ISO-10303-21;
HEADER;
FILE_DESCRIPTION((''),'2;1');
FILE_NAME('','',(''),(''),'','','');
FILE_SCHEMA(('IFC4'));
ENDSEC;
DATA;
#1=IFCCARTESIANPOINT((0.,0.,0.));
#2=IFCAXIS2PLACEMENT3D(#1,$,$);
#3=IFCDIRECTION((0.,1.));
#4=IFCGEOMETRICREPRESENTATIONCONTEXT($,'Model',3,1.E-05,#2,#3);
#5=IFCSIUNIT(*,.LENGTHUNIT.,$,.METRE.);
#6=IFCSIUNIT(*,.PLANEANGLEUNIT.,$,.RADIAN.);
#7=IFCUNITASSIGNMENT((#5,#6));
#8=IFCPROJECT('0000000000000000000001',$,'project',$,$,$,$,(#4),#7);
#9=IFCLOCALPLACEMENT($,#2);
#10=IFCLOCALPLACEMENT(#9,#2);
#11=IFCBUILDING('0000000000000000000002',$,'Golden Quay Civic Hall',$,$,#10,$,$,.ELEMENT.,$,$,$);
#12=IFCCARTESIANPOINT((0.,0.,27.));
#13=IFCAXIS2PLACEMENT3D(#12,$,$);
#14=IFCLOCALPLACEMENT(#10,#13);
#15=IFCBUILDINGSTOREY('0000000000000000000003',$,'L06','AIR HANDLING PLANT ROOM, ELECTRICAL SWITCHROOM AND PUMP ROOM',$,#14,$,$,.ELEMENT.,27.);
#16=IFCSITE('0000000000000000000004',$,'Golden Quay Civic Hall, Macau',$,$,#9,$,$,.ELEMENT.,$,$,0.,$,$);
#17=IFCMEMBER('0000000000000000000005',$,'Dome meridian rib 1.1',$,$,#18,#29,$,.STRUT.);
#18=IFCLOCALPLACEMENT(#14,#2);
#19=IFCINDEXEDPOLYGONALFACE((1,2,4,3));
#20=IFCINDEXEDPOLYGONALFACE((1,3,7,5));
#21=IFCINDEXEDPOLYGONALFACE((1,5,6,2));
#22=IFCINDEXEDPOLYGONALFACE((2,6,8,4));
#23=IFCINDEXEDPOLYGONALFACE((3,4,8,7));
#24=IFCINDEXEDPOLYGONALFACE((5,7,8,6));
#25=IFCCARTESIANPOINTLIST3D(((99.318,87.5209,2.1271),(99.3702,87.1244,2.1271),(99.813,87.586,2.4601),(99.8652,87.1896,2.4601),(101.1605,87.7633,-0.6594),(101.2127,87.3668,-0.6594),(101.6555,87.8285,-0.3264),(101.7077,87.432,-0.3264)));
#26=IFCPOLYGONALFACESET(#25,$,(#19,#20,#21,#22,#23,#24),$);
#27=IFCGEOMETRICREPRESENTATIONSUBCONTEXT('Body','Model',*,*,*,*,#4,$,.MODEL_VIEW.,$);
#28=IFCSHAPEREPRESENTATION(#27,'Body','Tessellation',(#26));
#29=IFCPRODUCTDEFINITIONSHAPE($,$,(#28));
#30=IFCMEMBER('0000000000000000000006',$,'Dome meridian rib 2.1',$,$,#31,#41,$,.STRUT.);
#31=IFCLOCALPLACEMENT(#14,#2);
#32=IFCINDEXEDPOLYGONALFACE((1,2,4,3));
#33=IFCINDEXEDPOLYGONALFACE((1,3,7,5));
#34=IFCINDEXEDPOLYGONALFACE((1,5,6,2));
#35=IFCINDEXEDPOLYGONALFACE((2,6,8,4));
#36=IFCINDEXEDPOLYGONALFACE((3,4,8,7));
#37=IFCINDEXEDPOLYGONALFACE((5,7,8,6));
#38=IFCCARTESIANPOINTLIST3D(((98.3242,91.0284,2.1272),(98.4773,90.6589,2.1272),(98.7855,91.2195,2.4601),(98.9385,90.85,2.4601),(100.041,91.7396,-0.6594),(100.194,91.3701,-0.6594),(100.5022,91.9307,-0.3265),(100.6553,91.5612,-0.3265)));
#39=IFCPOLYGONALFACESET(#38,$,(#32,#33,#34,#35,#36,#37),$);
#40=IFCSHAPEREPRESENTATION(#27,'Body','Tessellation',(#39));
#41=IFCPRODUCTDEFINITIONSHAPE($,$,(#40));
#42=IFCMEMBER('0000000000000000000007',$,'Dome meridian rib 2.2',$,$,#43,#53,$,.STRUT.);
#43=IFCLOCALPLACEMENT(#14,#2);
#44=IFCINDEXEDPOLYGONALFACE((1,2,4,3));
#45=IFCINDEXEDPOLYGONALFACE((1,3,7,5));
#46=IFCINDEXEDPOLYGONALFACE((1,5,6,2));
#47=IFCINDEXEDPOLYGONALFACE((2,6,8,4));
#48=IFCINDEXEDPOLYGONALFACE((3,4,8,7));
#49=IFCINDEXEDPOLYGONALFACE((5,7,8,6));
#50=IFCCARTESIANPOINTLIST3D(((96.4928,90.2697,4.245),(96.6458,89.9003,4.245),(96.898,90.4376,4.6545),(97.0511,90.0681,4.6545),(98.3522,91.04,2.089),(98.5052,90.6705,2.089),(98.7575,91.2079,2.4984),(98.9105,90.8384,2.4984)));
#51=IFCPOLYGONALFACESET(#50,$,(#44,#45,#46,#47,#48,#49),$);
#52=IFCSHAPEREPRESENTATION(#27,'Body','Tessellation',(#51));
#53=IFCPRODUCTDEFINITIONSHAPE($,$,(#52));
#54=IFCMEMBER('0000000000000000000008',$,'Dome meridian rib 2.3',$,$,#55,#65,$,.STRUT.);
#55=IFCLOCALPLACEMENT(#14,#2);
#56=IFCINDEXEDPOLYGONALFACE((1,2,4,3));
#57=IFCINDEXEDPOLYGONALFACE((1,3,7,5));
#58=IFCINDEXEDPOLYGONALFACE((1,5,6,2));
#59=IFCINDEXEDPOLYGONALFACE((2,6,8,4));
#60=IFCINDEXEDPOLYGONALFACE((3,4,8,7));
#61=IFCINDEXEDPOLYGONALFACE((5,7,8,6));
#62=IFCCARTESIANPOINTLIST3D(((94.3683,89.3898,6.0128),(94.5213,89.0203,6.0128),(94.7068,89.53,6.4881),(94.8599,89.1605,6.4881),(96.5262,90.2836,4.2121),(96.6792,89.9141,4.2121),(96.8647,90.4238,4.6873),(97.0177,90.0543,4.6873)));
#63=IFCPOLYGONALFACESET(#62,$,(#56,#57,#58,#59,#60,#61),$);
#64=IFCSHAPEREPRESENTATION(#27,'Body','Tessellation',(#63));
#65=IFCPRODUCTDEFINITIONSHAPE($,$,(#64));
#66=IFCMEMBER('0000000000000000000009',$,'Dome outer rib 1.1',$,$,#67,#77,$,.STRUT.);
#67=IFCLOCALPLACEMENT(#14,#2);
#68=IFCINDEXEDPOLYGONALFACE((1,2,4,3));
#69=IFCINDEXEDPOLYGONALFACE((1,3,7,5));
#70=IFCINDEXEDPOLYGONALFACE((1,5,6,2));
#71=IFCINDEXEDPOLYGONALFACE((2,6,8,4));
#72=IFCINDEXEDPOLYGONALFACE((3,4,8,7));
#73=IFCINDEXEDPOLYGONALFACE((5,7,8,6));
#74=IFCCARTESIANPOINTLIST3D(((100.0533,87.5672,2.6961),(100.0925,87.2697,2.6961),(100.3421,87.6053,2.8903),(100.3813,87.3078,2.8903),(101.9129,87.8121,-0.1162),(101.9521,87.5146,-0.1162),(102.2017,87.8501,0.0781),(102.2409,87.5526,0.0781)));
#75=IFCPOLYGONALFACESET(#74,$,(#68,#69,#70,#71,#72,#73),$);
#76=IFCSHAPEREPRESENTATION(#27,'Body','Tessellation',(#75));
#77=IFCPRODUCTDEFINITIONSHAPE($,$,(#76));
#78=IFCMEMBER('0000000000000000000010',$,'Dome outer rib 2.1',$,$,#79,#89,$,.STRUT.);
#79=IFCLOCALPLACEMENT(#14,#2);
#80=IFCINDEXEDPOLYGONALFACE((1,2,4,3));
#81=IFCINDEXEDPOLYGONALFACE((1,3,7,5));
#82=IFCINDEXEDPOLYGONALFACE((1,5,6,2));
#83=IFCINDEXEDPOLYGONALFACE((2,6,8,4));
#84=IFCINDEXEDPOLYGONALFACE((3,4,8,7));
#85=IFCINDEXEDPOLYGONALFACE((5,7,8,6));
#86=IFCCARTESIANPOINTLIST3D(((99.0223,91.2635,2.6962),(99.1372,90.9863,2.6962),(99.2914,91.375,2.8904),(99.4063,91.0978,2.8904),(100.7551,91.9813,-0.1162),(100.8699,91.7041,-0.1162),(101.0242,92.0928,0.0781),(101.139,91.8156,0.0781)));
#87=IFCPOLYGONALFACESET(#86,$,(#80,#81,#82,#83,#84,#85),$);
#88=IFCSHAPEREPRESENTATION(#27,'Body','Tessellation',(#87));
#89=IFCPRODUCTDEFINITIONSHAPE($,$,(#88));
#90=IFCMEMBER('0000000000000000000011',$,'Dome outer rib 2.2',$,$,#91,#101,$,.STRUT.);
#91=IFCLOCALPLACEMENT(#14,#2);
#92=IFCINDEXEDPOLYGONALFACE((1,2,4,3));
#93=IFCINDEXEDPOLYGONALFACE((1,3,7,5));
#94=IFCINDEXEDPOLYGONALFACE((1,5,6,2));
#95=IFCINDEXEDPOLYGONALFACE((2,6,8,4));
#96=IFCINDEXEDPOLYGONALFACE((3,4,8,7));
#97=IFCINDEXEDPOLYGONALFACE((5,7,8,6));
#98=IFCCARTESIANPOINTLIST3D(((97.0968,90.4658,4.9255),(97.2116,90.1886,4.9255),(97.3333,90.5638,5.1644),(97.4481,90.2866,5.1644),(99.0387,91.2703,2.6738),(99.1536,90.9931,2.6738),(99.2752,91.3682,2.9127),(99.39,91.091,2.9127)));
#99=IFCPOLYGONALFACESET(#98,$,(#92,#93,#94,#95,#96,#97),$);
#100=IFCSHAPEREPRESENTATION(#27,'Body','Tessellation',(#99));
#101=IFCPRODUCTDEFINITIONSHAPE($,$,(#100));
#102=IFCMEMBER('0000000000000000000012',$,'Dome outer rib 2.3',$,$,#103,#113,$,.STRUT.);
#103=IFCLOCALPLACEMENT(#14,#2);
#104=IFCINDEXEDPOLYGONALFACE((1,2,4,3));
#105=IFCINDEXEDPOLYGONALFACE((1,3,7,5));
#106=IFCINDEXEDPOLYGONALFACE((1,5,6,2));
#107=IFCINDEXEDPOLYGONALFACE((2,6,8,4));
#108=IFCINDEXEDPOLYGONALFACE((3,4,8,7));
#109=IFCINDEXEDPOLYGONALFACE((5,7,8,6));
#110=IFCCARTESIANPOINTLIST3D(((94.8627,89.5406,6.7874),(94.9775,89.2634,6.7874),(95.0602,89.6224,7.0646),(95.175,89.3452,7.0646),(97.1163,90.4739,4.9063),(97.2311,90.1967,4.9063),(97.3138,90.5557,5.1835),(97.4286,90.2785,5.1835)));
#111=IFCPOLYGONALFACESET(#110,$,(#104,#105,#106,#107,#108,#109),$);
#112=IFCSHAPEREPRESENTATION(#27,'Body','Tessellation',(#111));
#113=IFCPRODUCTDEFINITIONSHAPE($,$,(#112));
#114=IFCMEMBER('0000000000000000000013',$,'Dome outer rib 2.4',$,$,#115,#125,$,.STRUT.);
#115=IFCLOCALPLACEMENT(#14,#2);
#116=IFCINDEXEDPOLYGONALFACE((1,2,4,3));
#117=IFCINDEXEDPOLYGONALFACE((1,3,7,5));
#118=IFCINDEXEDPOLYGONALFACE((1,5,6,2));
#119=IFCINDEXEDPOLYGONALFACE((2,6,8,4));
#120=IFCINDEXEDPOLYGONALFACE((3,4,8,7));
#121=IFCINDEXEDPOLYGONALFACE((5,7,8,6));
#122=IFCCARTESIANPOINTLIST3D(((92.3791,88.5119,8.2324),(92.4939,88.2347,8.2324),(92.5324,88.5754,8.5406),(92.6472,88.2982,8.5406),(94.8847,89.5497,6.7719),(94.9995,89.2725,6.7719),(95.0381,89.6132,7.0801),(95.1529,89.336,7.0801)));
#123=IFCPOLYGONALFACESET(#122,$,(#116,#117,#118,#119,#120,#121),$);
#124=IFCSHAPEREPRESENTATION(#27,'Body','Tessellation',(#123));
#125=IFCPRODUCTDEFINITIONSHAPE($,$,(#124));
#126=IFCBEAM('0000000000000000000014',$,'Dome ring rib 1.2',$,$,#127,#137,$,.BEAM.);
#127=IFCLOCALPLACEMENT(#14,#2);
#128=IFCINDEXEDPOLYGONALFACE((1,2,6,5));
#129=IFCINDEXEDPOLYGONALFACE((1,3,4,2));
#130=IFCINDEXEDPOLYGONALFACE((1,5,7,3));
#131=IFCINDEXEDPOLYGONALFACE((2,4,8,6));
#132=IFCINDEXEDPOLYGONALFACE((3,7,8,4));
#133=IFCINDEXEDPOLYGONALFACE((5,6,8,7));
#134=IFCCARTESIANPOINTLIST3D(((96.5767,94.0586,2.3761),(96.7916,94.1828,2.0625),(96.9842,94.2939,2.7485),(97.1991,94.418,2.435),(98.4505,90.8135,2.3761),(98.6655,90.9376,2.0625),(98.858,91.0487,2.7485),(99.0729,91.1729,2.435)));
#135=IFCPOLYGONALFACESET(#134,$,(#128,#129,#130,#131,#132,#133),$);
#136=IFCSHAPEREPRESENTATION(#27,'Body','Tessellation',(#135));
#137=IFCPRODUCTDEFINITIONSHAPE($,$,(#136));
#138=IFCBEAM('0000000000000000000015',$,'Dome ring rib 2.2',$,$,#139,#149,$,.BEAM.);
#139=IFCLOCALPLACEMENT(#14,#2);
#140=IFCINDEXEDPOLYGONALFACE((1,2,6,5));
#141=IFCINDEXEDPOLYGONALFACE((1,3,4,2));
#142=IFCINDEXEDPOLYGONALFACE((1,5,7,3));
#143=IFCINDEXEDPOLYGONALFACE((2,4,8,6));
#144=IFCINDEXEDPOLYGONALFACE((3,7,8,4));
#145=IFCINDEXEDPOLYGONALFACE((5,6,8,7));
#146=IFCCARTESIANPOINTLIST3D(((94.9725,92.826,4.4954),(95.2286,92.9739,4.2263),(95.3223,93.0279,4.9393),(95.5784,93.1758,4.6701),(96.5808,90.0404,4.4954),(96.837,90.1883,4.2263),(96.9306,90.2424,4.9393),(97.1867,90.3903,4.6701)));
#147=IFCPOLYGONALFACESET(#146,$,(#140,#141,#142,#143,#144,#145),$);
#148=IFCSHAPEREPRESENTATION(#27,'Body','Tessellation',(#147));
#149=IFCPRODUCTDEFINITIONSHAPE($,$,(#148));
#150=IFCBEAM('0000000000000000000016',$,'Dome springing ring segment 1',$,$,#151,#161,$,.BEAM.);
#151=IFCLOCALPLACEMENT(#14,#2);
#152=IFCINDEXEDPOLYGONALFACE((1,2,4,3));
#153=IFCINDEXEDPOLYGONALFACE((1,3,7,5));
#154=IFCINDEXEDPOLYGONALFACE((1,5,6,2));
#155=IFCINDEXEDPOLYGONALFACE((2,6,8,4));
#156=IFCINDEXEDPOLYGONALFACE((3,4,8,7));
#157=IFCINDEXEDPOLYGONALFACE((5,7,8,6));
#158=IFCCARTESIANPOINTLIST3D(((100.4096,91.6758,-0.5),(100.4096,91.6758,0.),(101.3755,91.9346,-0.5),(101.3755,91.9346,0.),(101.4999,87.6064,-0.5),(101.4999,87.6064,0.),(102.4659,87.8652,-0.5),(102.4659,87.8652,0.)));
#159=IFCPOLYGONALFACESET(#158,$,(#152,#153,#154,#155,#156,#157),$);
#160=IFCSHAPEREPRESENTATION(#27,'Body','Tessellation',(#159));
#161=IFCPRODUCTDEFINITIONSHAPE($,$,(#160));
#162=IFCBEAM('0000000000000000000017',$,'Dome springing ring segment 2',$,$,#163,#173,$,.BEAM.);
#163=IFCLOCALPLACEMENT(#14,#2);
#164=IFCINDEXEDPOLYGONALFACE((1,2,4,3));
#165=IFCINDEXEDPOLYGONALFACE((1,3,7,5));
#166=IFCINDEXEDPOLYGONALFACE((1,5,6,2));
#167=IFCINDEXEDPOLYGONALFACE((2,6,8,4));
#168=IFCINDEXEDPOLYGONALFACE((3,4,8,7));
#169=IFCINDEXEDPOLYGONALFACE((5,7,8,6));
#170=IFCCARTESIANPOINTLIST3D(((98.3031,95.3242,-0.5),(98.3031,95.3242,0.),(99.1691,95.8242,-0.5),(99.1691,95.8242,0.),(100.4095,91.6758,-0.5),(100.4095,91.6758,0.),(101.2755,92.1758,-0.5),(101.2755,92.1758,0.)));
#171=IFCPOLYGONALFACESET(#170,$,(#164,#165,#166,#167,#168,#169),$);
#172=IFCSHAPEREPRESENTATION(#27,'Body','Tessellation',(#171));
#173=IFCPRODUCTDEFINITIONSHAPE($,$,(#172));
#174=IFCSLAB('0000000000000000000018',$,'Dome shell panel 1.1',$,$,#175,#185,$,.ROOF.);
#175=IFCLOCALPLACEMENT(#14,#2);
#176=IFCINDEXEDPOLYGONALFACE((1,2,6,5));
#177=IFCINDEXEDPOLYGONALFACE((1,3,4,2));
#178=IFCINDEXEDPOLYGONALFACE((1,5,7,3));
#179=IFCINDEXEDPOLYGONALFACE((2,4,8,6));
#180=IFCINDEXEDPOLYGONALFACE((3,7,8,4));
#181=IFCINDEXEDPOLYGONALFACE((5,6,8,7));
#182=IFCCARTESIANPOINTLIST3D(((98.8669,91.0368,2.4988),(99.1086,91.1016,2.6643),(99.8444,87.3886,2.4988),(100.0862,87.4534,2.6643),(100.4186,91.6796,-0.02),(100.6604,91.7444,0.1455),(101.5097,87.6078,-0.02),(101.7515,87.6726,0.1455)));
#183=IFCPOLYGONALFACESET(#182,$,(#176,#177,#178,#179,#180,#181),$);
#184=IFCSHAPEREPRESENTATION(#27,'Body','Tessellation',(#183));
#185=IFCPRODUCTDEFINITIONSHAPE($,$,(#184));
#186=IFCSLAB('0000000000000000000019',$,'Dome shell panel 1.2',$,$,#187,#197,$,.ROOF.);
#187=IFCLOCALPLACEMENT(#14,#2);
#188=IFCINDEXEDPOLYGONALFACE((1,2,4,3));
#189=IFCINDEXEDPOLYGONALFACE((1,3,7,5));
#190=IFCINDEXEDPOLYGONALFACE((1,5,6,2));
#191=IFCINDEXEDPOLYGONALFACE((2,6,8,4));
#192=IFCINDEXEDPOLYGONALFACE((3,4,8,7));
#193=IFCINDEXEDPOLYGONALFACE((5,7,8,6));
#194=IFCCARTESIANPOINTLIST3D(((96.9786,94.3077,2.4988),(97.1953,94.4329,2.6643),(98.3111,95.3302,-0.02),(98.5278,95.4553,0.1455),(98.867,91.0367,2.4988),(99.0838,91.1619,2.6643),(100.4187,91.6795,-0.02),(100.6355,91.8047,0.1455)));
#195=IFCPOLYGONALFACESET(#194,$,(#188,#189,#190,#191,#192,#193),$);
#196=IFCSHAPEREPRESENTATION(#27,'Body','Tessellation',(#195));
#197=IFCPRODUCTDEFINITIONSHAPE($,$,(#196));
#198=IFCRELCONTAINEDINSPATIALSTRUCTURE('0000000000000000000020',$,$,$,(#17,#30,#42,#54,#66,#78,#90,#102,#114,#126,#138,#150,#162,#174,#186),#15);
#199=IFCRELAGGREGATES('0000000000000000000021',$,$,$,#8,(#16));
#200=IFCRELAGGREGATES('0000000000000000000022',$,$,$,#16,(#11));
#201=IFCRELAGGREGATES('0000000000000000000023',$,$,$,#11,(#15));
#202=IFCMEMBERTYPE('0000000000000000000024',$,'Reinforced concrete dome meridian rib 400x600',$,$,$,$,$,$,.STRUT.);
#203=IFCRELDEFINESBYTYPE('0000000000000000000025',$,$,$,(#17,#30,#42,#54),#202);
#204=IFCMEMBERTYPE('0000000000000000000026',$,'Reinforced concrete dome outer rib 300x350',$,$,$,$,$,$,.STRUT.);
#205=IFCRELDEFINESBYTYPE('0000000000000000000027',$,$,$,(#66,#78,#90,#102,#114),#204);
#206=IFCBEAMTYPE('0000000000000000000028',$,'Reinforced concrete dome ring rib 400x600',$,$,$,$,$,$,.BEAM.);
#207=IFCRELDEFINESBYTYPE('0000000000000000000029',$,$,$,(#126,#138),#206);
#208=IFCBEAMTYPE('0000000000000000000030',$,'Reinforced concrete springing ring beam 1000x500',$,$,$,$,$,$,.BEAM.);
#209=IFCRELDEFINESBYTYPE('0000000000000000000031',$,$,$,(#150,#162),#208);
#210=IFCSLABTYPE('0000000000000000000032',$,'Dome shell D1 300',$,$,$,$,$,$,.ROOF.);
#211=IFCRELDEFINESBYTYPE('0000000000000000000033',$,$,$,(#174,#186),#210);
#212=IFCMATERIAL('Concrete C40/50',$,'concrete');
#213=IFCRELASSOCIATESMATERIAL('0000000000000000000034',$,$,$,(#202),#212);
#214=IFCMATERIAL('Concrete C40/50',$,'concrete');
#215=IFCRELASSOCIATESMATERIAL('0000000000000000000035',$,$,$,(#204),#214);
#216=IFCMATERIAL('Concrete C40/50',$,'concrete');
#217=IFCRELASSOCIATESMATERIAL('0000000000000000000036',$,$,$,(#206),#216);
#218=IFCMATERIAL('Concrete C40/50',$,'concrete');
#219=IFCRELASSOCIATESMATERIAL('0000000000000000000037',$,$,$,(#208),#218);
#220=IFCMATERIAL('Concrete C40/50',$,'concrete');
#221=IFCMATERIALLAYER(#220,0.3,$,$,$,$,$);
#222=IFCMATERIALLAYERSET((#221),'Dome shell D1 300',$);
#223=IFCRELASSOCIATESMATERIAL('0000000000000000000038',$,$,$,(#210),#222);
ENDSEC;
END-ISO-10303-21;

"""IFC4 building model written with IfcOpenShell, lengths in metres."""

from ifc_helpers import new_model, si_unit, direction, frame, origin, origin_2d, place, context, subcontext, project, spatial, polyline, rectangle, outline, extrude, material, layer, layer_set, material_profile, profile_set, type_object, element, save


model = new_model("IFC4")

# Units and contexts
model_context = context("Model", 3, precision=1e-05, world=origin(), true_north=direction((0.0, 1.0)))
body_context = subcontext(model_context, "Body", "Model", "MODEL_VIEW")
ifc_project = project(units=[si_unit("LENGTHUNIT", "METRE"), si_unit("PLANEANGLEUNIT", "RADIAN")], contexts=[model_context])

# Site, building, storey
site_placement = place(None, origin())
site = spatial("IfcSite", under=ifc_project, at=site_placement, Name="Golden Quay Civic Hall, Macau", CompositionType="ELEMENT", RefElevation=0.0)
building_placement = place(site_placement, origin())
building = spatial("IfcBuilding", under=site, at=building_placement, Name="Golden Quay Civic Hall", CompositionType="ELEMENT")
storey_placement = place(building_placement, frame((0.0, 0.0, 27.0)))
storey = spatial("IfcBuildingStorey", under=building, at=storey_placement, Name="L06", Description="AIR HANDLING PLANT ROOM, ELECTRICAL SWITCHROOM AND PUMP ROOM", CompositionType="ELEMENT", Elevation=27.0)

# Members
ifc_material_1 = material(Name="Concrete C40/50", Category="concrete")
ifc_material_profile_1 = material_profile(ifc_material_1, rectangle(XDim=0.3999, YDim=0.6001, at=origin_2d()), Name="RC 400x600")
ifc_profile_set_1 = profile_set([ifc_material_profile_1], Name="Concrete C40/50")
member_type_1 = type_object("IfcMemberType", Name="Reinforced concrete dome meridian rib 400x600", PredefinedType="STRUT", material=ifc_profile_set_1)
for number, where, z_axis, x_axis, name in (
    (1, (101.4341, 87.5977, -0.4929), (-0.550096, -0.072379, 0.831959), (0.130451, -0.991455, 0.0), "Dome meridian rib 1.1"),
    (2, (100.3481, 91.6504, -0.4929), (-0.51257, -0.212332, 0.831978), (0.382711, -0.923868, 0.0), "Dome meridian rib 2.1"),
):
    element("IfcMember", number, at=place(storey_placement, frame(where, z_axis=z_axis, x_axis=x_axis)), inside=storey, type_object=member_type_1, Name=name, PredefinedType="STRUT", context=body_context, shape_type="SweptSolid", body=[
        extrude(rectangle(XDim=0.3999, YDim=0.6001, at=origin_2d()), origin(), (0.0, 0.0, 1.0), 3.3494),
    ])
member_1_placement = place(storey_placement, frame((98.6313, 90.9392, 2.2937), z_axis=(-0.630425, -0.26116, 0.730999), x_axis=(0.38272, -0.923865, 0.0)))
element("IfcMember", 3, at=member_1_placement, inside=storey, type_object=member_type_1, Name="Dome meridian rib 2.2", PredefinedType="STRUT", context=body_context, shape_type="SweptSolid", body=[
    extrude(rectangle(XDim=0.3999, YDim=0.6001, at=origin_2d()), origin(), (0.0, 0.0, 1.0), 2.9495),
])
member_2_placement = place(storey_placement, frame((96.772, 90.1689, 4.4497), z_axis=(-0.731681, -0.303053, 0.610575), x_axis=(0.382663, -0.923888, 0.0)))
element("IfcMember", 4, at=member_2_placement, inside=storey, type_object=member_type_1, Name="Dome meridian rib 2.3", PredefinedType="STRUT", context=body_context, shape_type="SweptSolid", body=[
    extrude(rectangle(XDim=0.3999, YDim=0.6001, at=origin_2d()), origin(), (0.0, 0.0, 1.0), 2.9492),
])
ifc_material_2 = material(Name="Concrete C40/50", Category="concrete")
ifc_material_profile_2 = material_profile(ifc_material_2, rectangle(XDim=0.3, YDim=0.3501, at=origin_2d()), Name="RC 300x350")
ifc_profile_set_2 = profile_set([ifc_material_profile_2], Name="Concrete C40/50")
member_type_2 = type_object("IfcMemberType", Name="Reinforced concrete dome outer rib 300x350", PredefinedType="STRUT", material=ifc_profile_set_2)
for number, where, z_axis, x_axis, name in (
    (5, (102.0769, 87.6824, -0.019), (-0.550122, -0.07244, 0.831936), (0.130552, -0.991441, 0.0), "Dome outer rib 1.1"),
    (6, (100.947, 91.8984, -0.019), (-0.512585, -0.212343, 0.831966), (0.38272, -0.923865, 0.0), "Dome outer rib 2.1"),
):
    element("IfcMember", number, at=place(storey_placement, frame(where, z_axis=z_axis, x_axis=x_axis)), inside=storey, type_object=member_type_2, Name=name, PredefinedType="STRUT", context=body_context, shape_type="SweptSolid", body=[
        extrude(rectangle(XDim=0.3, YDim=0.3501, at=origin_2d()), origin(), (0.0, 0.0, 1.0), 3.3804),
    ])
for number, where, z_axis, x_axis, name in (
    (7, (99.2144, 91.1807, 2.7932), (-0.630423, -0.261157, 0.731002), (0.382718, -0.923865, 0.0), "Dome outer rib 2.2"),
    (8, (97.2725, 90.3762, 5.0449), (-0.73162, -0.302999, 0.610674), (0.382632, -0.923901, 0.0), "Dome outer rib 2.3"),
    (9, (95.0188, 89.4429, 6.926), (-0.813437, -0.336931, 0.474128), (0.382678, -0.923882, 0.0), "Dome outer rib 2.4"),
):
    element("IfcMember", number, at=place(storey_placement, frame(where, z_axis=z_axis, x_axis=x_axis)), inside=storey, type_object=member_type_2, Name=name, PredefinedType="STRUT", context=body_context, shape_type="SweptSolid", body=[
        extrude(rectangle(XDim=0.3, YDim=0.3501, at=origin_2d()), origin(), (0.0, 0.0, 1.0), 3.0803),
    ])

# Beams
ifc_material_3 = material(Name="Concrete C40/50", Category="concrete")
ifc_material_profile_3 = material_profile(ifc_material_3, rectangle(XDim=0.3999, YDim=0.6001, at=origin_2d()), Name="RC 400x600")
ifc_profile_set_3 = profile_set([ifc_material_profile_3], Name="Concrete C40/50")
beam_type_1 = type_object("IfcBeamType", Name="Reinforced concrete dome ring rib 400x600", PredefinedType="BEAM", material=ifc_profile_set_3)
beam_1_placement = place(storey_placement, frame((98.7617, 90.9932, 2.4055), z_axis=(-0.500042, 0.866001, 0.0), x_axis=(-0.537493, -0.310356, 0.784079)))
element("IfcBeam", 10, at=beam_1_placement, inside=storey, type_object=beam_type_1, Name="Dome ring rib 1.2", PredefinedType="BEAM", context=body_context, shape_type="SweptSolid", body=[
    extrude(rectangle(XDim=0.3999, YDim=0.6001, at=origin_2d()), origin(), (0.0, 0.0, 1.0), 3.7473),
])
beam_2_placement = place(storey_placement, frame((96.8838, 90.2153, 4.5828), z_axis=(-0.500025, 0.866011, 0.0), x_axis=(-0.640497, -0.369816, 0.673053)))
element("IfcBeam", 11, at=beam_2_placement, inside=storey, type_object=beam_type_1, Name="Dome ring rib 2.2", PredefinedType="BEAM", context=body_context, shape_type="SweptSolid", body=[
    extrude(rectangle(XDim=0.3999, YDim=0.6001, at=origin_2d()), origin(), (0.0, 0.0, 1.0), 3.2166),
])
ifc_material_4 = material(Name="Concrete C40/50", Category="concrete")
ifc_material_profile_4 = material_profile(ifc_material_4, rectangle(XDim=1.0, YDim=0.5, at=origin_2d()), Name="RC 1000x500")
ifc_profile_set_4 = profile_set([ifc_material_profile_4], Name="Concrete C40/50")
beam_type_2 = type_object("IfcBeamType", Name="Reinforced concrete springing ring beam 1000x500", PredefinedType="BEAM", material=ifc_profile_set_4)
for number, where, z_axis, x_axis, name in (
    (12, (101.9829, 87.7358, -0.25), (-0.258809, 0.965928, 0.0), (-0.965928, -0.258809, 0.0), "Dome springing ring segment 1"),
    (13, (100.8425, 91.9258, -0.25), (-0.500003, 0.866023, 0.0), (-0.866023, -0.500003, 0.0), "Dome springing ring segment 2"),
):
    element("IfcBeam", number, at=place(storey_placement, frame(where, z_axis=z_axis, x_axis=x_axis)), inside=storey, type_object=beam_type_2, Name=name, PredefinedType="BEAM", context=body_context, shape_type="SweptSolid", body=[
        extrude(rectangle(XDim=1.0, YDim=0.5, at=origin_2d()), origin(), (0.0, 0.0, 1.0), 4.2129),
    ])

# Slabs
ifc_material_5 = material(Name="Concrete C40/50", Category="concrete")
ifc_layer_1 = layer(ifc_material_5, 0.3)
ifc_layer_set_1 = layer_set([ifc_layer_1], Name="Dome shell D1 300")
slab_type = type_object("IfcSlabType", Name="Dome shell D1 300", PredefinedType="ROOF", material=ifc_layer_set_1)
slab_1_placement = place(storey_placement, frame((101.7515, 87.6726, 0.1455), z_axis=(0.805748, 0.215904, 0.551503), x_axis=(-0.258825, 0.965924, 0.000001)))
element("IfcSlab", 14, at=slab_1_placement, inside=storey, type_object=slab_type, Name="Dome shell panel 1.1", PredefinedType="ROOF", context=body_context, shape_type="SweptSolid", body=[
    extrude(outline(polyline([(0.0, 0.0), (4.2154, 0.0), (3.9961, 3.0195), (0.2193, 3.0195), (0.0, 0.0)])), origin(), (0.0, 0.0, -1.0), 0.3),
])
slab_2_placement = place(storey_placement, frame((100.6355, 91.8047, 0.1455), z_axis=(0.722423, 0.417079, 0.551498), x_axis=(-0.499991, 0.866031, 0.000003)))
element("IfcSlab", 15, at=slab_2_placement, inside=storey, type_object=slab_type, Name="Dome shell panel 1.2", PredefinedType="ROOF", context=body_context, shape_type="SweptSolid", body=[
    extrude(outline(polyline([(0.0, 0.0), (4.2154, 0.0), (3.9961, 3.0195), (0.2192, 3.0195), (0.0, 0.0)])), origin(), (0.0, 0.0, -1.0), 0.3),
])

save(model, "model.ifc")
